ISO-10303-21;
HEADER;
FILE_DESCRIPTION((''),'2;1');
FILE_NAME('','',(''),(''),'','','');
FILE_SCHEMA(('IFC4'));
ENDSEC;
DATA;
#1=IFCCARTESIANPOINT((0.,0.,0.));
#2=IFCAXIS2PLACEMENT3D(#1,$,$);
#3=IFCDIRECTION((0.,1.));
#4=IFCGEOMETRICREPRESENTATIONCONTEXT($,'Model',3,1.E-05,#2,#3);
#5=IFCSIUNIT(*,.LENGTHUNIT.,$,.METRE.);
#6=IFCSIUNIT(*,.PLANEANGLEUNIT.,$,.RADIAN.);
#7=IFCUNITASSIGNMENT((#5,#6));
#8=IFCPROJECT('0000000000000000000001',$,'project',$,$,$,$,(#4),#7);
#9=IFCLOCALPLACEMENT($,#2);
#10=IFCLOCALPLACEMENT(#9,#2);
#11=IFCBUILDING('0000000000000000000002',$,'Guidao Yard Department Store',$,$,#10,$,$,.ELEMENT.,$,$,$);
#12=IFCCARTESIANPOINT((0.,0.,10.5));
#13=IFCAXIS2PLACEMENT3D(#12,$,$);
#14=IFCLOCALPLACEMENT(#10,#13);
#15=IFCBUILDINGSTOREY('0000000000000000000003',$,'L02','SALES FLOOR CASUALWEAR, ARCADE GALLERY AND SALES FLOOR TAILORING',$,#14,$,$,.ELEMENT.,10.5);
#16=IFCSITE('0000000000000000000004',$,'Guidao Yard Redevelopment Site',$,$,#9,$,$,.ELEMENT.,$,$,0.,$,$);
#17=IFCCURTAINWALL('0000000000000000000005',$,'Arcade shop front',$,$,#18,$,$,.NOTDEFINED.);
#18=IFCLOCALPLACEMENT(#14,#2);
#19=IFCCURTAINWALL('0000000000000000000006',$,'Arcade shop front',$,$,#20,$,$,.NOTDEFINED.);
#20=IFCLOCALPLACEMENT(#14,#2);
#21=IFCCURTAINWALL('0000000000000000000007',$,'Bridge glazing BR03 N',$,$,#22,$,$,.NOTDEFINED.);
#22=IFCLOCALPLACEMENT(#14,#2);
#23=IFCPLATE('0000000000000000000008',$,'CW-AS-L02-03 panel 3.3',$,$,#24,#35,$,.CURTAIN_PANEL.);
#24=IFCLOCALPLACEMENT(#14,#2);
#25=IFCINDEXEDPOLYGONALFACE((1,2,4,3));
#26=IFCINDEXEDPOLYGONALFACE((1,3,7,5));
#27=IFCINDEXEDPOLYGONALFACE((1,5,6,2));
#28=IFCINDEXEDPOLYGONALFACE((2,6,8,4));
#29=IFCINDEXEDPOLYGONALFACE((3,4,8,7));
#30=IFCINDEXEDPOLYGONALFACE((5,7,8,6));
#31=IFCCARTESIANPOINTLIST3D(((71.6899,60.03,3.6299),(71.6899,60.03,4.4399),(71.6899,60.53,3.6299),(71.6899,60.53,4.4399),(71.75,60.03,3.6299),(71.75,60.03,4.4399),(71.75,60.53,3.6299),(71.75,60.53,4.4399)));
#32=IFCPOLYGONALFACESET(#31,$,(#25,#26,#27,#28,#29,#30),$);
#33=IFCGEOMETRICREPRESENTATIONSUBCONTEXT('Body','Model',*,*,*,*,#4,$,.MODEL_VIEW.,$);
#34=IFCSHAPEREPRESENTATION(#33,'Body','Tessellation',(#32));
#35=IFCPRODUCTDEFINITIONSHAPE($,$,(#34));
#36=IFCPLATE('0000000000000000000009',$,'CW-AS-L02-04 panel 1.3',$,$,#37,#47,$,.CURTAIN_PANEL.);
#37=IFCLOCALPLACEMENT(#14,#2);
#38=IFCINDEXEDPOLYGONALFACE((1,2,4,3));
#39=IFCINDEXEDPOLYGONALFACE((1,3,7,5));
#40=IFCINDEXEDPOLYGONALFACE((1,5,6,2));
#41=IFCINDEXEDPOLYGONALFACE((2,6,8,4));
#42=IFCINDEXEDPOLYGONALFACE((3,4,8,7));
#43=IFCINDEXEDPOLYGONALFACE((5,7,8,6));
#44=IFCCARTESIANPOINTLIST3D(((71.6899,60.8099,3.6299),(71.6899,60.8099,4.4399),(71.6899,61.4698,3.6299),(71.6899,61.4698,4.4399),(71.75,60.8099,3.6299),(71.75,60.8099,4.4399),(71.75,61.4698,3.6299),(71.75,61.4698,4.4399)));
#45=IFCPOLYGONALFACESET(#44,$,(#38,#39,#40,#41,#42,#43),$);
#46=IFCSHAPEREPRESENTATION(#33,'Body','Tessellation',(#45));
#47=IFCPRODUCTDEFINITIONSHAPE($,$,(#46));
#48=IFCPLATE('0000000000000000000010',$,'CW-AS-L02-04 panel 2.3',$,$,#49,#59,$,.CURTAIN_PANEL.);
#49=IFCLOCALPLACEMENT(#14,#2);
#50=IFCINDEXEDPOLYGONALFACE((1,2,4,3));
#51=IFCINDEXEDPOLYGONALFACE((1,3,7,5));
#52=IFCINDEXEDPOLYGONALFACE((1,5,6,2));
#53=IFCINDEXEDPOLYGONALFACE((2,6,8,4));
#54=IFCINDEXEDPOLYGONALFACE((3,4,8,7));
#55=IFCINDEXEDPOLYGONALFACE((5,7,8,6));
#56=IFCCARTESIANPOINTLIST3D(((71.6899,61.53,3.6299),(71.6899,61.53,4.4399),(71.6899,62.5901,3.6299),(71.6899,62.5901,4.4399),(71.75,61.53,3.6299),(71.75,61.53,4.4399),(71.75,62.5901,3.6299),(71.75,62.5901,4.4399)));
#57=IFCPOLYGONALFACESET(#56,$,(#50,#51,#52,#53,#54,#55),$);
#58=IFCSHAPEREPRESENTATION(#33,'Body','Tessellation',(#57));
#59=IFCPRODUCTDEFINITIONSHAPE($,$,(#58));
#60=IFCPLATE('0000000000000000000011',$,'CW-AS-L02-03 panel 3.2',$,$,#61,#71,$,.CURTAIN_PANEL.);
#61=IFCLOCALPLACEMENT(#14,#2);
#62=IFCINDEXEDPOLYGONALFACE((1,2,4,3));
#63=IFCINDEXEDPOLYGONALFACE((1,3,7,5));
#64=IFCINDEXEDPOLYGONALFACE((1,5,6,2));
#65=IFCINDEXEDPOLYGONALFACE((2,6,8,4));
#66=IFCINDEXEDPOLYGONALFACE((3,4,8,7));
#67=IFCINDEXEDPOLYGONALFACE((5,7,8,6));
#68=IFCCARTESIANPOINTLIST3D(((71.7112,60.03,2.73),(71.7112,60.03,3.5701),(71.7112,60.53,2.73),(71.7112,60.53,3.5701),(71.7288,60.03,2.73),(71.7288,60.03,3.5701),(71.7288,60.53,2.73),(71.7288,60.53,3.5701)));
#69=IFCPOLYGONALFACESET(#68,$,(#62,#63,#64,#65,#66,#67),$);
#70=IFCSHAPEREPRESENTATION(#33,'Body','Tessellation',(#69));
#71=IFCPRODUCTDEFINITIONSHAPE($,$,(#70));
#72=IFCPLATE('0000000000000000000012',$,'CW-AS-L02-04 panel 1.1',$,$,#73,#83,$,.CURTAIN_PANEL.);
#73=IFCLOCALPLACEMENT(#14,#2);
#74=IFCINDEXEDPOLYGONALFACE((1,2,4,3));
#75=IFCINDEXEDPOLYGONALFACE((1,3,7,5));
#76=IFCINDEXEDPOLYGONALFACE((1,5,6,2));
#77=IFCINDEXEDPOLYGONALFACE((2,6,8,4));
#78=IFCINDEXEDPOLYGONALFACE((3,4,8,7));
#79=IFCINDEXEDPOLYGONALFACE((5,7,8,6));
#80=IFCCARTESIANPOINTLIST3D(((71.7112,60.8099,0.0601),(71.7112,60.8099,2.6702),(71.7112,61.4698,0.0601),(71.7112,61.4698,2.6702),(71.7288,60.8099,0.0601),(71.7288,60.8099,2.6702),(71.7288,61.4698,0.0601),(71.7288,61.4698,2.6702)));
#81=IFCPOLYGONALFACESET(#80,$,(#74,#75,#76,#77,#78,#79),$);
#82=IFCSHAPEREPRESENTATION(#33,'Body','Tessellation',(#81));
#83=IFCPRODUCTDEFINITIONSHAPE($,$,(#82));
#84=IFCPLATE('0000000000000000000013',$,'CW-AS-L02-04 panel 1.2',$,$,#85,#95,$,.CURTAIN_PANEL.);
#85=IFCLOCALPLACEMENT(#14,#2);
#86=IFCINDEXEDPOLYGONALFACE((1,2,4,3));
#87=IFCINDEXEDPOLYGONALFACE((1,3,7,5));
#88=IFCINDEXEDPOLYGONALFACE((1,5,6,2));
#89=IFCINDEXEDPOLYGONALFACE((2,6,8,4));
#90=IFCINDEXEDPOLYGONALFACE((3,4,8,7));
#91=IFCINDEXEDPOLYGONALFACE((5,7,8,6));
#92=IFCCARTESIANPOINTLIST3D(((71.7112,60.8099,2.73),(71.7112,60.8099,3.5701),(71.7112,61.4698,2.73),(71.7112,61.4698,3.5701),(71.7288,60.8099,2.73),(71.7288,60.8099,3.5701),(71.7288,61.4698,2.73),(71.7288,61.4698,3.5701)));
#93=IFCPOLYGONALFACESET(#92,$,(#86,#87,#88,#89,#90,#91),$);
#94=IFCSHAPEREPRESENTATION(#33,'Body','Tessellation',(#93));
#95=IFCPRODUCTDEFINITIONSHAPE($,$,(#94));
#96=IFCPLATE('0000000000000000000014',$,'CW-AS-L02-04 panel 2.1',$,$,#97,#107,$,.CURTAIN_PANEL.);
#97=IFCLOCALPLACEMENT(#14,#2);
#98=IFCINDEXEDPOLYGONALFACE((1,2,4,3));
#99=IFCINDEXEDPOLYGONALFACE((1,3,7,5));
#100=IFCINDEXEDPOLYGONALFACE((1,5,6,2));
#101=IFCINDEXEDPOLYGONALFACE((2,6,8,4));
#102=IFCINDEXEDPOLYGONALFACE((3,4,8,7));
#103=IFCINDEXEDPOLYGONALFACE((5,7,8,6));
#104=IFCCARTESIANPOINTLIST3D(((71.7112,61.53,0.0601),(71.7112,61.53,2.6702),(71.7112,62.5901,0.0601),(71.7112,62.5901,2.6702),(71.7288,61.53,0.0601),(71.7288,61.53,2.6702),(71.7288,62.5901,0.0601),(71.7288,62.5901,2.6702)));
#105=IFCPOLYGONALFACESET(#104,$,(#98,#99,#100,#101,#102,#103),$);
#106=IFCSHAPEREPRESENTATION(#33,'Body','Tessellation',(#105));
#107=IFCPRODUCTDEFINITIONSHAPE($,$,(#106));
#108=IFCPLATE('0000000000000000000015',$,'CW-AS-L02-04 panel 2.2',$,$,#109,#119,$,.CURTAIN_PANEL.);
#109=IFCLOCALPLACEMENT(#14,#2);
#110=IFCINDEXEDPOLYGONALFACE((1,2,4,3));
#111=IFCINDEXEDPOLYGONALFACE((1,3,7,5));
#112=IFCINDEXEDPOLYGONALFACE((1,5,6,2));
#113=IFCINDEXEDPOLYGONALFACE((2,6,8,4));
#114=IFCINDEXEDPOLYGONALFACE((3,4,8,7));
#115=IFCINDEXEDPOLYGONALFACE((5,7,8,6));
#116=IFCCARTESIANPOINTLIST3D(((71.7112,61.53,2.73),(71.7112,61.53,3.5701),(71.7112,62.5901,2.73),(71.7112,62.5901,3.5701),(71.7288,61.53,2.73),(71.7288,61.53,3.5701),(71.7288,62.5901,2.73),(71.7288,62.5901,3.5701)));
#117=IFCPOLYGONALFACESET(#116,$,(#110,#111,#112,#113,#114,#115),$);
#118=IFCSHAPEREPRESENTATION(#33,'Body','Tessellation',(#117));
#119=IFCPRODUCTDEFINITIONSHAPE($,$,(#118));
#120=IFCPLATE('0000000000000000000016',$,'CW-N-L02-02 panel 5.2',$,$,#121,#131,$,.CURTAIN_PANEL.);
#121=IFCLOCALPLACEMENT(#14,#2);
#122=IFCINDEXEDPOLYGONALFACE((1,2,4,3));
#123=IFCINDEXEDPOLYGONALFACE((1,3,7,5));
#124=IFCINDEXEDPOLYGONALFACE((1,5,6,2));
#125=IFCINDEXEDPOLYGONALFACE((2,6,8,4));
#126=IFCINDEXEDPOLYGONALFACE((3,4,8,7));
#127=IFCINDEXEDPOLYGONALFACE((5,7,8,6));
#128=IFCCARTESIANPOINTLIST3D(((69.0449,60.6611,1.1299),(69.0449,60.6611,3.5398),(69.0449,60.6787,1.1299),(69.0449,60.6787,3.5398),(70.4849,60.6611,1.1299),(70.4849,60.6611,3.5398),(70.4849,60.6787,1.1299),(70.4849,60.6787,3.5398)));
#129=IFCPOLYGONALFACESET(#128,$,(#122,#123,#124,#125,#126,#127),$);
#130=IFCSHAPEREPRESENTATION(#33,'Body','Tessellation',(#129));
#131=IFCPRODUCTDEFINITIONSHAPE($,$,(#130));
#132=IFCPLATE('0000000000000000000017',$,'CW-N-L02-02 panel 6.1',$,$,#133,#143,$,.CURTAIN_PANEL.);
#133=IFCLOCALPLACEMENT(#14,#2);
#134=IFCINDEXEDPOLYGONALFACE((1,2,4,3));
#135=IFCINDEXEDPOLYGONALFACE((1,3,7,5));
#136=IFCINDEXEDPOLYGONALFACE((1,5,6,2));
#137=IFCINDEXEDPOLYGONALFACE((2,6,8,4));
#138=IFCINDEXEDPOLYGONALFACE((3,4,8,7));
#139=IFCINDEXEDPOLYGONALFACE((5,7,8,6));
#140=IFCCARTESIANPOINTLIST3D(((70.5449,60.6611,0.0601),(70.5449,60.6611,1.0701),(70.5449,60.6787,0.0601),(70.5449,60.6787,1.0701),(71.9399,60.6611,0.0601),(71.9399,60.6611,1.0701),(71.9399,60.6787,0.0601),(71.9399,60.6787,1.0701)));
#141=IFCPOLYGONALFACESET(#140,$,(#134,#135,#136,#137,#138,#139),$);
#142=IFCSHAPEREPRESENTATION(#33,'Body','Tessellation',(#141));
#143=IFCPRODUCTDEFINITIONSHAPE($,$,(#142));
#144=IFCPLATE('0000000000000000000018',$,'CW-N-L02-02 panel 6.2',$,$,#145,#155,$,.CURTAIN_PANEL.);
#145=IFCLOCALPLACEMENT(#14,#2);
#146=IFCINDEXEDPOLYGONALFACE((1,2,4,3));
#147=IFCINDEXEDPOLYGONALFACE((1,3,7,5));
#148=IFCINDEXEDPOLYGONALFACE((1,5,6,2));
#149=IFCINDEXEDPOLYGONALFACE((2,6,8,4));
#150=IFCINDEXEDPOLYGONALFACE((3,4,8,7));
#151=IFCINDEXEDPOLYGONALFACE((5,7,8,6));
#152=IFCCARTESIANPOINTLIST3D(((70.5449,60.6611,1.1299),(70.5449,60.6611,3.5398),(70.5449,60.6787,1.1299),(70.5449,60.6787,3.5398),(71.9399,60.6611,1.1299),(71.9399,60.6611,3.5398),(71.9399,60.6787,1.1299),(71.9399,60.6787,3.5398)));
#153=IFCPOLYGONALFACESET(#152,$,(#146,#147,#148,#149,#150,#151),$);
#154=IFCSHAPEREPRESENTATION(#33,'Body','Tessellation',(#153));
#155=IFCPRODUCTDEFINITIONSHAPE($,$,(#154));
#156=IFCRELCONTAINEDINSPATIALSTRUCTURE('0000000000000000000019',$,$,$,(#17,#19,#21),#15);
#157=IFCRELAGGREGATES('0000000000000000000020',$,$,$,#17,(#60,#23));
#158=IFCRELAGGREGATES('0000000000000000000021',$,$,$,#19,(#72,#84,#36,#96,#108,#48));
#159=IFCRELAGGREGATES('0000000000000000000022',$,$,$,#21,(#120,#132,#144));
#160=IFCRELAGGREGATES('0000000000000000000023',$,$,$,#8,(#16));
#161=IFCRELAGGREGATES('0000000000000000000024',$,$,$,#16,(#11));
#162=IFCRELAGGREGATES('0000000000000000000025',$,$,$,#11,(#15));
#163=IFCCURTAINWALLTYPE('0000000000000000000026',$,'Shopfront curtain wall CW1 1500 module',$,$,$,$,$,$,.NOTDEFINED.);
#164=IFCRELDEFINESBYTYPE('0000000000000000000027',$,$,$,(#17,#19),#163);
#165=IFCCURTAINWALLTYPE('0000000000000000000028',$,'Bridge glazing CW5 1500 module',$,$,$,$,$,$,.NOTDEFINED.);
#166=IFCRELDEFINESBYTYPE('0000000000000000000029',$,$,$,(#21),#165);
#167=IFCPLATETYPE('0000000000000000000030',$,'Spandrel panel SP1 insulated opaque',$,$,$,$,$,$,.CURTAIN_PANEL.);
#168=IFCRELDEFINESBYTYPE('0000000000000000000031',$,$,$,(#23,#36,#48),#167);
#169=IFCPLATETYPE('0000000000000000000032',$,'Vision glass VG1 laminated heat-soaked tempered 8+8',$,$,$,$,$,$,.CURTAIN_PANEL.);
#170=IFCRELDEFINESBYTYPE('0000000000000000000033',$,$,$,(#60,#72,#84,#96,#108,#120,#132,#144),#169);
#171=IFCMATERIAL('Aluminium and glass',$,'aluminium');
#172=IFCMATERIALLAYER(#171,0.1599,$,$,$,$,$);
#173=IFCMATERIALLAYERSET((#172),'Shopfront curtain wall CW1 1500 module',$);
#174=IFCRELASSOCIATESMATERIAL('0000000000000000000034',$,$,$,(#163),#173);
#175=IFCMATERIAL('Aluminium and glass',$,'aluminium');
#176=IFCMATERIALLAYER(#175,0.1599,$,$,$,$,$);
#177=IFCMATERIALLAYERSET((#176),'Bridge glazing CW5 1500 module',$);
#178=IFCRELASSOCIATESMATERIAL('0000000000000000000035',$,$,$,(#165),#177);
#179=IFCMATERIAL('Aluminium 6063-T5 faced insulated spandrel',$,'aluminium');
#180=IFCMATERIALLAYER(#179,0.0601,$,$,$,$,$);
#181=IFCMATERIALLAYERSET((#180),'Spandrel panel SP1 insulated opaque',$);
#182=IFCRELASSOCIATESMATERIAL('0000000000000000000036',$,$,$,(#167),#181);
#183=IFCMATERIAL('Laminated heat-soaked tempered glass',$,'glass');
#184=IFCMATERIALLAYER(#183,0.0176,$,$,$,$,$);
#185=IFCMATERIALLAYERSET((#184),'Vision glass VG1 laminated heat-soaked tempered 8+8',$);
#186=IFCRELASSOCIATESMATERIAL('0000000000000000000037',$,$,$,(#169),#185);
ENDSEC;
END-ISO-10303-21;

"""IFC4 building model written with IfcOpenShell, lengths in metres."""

from ifc_helpers import new_model, si_unit, direction, frame, origin, origin_2d, place, context, subcontext, project, spatial, rectangle, extrude, material, layer, layer_set, type_object, element, aggregate, save


model = new_model("IFC4")

# Units and contexts
model_context = context("Model", 3, precision=1e-05, world=origin(), true_north=direction((0.0, 1.0)))
body_context = subcontext(model_context, "Body", "Model", "MODEL_VIEW")
ifc_project = project(units=[si_unit("LENGTHUNIT", "METRE"), si_unit("PLANEANGLEUNIT", "RADIAN")], contexts=[model_context])

# Site, building, storey
site_placement = place(None, origin())
site = spatial("IfcSite", under=ifc_project, at=site_placement, Name="Guidao Yard Redevelopment Site", CompositionType="ELEMENT", RefElevation=0.0)
building_placement = place(site_placement, origin())
building = spatial("IfcBuilding", under=site, at=building_placement, Name="Guidao Yard Department Store", CompositionType="ELEMENT")
storey_placement = place(building_placement, frame((0.0, 0.0, 10.5)))
storey = spatial("IfcBuildingStorey", under=building, at=storey_placement, Name="L02", Description="SALES FLOOR CASUALWEAR, ARCADE GALLERY AND SALES FLOOR TAILORING", CompositionType="ELEMENT", Elevation=10.5)

# Curtain wall
ifc_material_1 = material(Name="Aluminium and glass", Category="aluminium")
ifc_layer_1 = layer(ifc_material_1, 0.1599)
ifc_layer_set_1 = layer_set([ifc_layer_1], Name="Shopfront curtain wall CW1 1500 module")
curtain_wall_type_1 = type_object("IfcCurtainWallType", Name="Shopfront curtain wall CW1 1500 module", PredefinedType="NOTDEFINED", material=ifc_layer_set_1)
curtain_wall_1_placement = place(storey_placement, origin())
curtain_wall_1 = element("IfcCurtainWall", 1, at=curtain_wall_1_placement, inside=storey, type_object=curtain_wall_type_1, Name="Arcade shop front", PredefinedType="NOTDEFINED")

# Curtain wall
curtain_wall_2_placement = place(storey_placement, origin())
curtain_wall_2 = element("IfcCurtainWall", 2, at=curtain_wall_2_placement, inside=storey, type_object=curtain_wall_type_1, Name="Arcade shop front", PredefinedType="NOTDEFINED")

# Curtain wall
ifc_material_2 = material(Name="Aluminium and glass", Category="aluminium")
ifc_layer_2 = layer(ifc_material_2, 0.1599)
ifc_layer_set_2 = layer_set([ifc_layer_2], Name="Bridge glazing CW5 1500 module")
curtain_wall_type_2 = type_object("IfcCurtainWallType", Name="Bridge glazing CW5 1500 module", PredefinedType="NOTDEFINED", material=ifc_layer_set_2)
curtain_wall_3_placement = place(storey_placement, origin())
curtain_wall_3 = element("IfcCurtainWall", 3, at=curtain_wall_3_placement, inside=storey, type_object=curtain_wall_type_2, Name="Bridge glazing BR03 N", PredefinedType="NOTDEFINED")

# Plates
ifc_material_3 = material(Name="Aluminium 6063-T5 faced insulated spandrel", Category="aluminium")
ifc_layer_3 = layer(ifc_material_3, 0.0601)
ifc_layer_set_3 = layer_set([ifc_layer_3], Name="Spandrel panel SP1 insulated opaque")
plate_type_1 = type_object("IfcPlateType", Name="Spandrel panel SP1 insulated opaque", PredefinedType="CURTAIN_PANEL", material=ifc_layer_set_3)
plate_1_placement = place(storey_placement, frame((71.72, 60.28, 3.6299), z_axis=(0.0, 0.0, 1.0), x_axis=(0.0, 1.0, 0.0)))
plate_1 = element("IfcPlate", 4, at=plate_1_placement, type_object=plate_type_1, Name="CW-AS-L02-03 panel 3.3", PredefinedType="CURTAIN_PANEL", context=body_context, shape_type="SweptSolid", body=[
    extrude(rectangle(XDim=0.5, YDim=0.0601, at=origin_2d()), origin(), (0.0, 0.0, 1.0), 0.8101),
])
plate_2_placement = place(storey_placement, frame((71.72, 61.1399, 3.6299), z_axis=(0.0, 0.0, 1.0), x_axis=(0.0, 1.0, 0.0)))
plate_2 = element("IfcPlate", 5, at=plate_2_placement, type_object=plate_type_1, Name="CW-AS-L02-04 panel 1.3", PredefinedType="CURTAIN_PANEL", context=body_context, shape_type="SweptSolid", body=[
    extrude(rectangle(XDim=0.6599, YDim=0.0601, at=origin_2d()), origin(), (0.0, 0.0, 1.0), 0.8101),
])
plate_3_placement = place(storey_placement, frame((71.72, 62.0601, 3.6299), z_axis=(0.0, 0.0, 1.0), x_axis=(0.0, 1.0, 0.0)))
plate_3 = element("IfcPlate", 6, at=plate_3_placement, type_object=plate_type_1, Name="CW-AS-L02-04 panel 2.3", PredefinedType="CURTAIN_PANEL", context=body_context, shape_type="SweptSolid", body=[
    extrude(rectangle(XDim=1.0601, YDim=0.0601, at=origin_2d()), origin(), (0.0, 0.0, 1.0), 0.8101),
])
ifc_material_4 = material(Name="Laminated heat-soaked tempered glass", Category="glass")
ifc_layer_4 = layer(ifc_material_4, 0.0176)
ifc_layer_set_4 = layer_set([ifc_layer_4], Name="Vision glass VG1 laminated heat-soaked tempered 8+8")
plate_type_2 = type_object("IfcPlateType", Name="Vision glass VG1 laminated heat-soaked tempered 8+8", PredefinedType="CURTAIN_PANEL", material=ifc_layer_set_4)
plate_4_placement = place(storey_placement, frame((71.72, 60.28, 2.73), z_axis=(0.0, 0.0, 1.0), x_axis=(0.0, 1.0, 0.0)))
plate_4 = element("IfcPlate", 7, at=plate_4_placement, type_object=plate_type_2, Name="CW-AS-L02-03 panel 3.2", PredefinedType="CURTAIN_PANEL", context=body_context, shape_type="SweptSolid", body=[
    extrude(rectangle(XDim=0.5, YDim=0.0176, at=origin_2d()), origin(), (0.0, 0.0, 1.0), 0.8401),
])
aggregate(curtain_wall_1, [plate_4, plate_1])
plate_5_placement = place(storey_placement, frame((71.72, 61.1399, 0.0601), z_axis=(0.0, 0.0, 1.0), x_axis=(0.0, 1.0, 0.0)))
plate_5 = element("IfcPlate", 8, at=plate_5_placement, type_object=plate_type_2, Name="CW-AS-L02-04 panel 1.1", PredefinedType="CURTAIN_PANEL", context=body_context, shape_type="SweptSolid", body=[
    extrude(rectangle(XDim=0.6599, YDim=0.0176, at=origin_2d()), origin(), (0.0, 0.0, 1.0), 2.6101),
])
plate_6_placement = place(storey_placement, frame((71.72, 61.1399, 2.73), z_axis=(0.0, 0.0, 1.0), x_axis=(0.0, 1.0, 0.0)))
plate_6 = element("IfcPlate", 9, at=plate_6_placement, type_object=plate_type_2, Name="CW-AS-L02-04 panel 1.2", PredefinedType="CURTAIN_PANEL", context=body_context, shape_type="SweptSolid", body=[
    extrude(rectangle(XDim=0.6599, YDim=0.0176, at=origin_2d()), origin(), (0.0, 0.0, 1.0), 0.8401),
])
plate_7_placement = place(storey_placement, frame((71.72, 62.0601, 0.0601), z_axis=(0.0, 0.0, 1.0), x_axis=(0.0, 1.0, 0.0)))
plate_7 = element("IfcPlate", 10, at=plate_7_placement, type_object=plate_type_2, Name="CW-AS-L02-04 panel 2.1", PredefinedType="CURTAIN_PANEL", context=body_context, shape_type="SweptSolid", body=[
    extrude(rectangle(XDim=1.0601, YDim=0.0176, at=origin_2d()), origin(), (0.0, 0.0, 1.0), 2.6101),
])
plate_8_placement = place(storey_placement, frame((71.72, 62.0601, 2.73), z_axis=(0.0, 0.0, 1.0), x_axis=(0.0, 1.0, 0.0)))
plate_8 = element("IfcPlate", 11, at=plate_8_placement, type_object=plate_type_2, Name="CW-AS-L02-04 panel 2.2", PredefinedType="CURTAIN_PANEL", context=body_context, shape_type="SweptSolid", body=[
    extrude(rectangle(XDim=1.0601, YDim=0.0176, at=origin_2d()), origin(), (0.0, 0.0, 1.0), 0.8401),
])
aggregate(curtain_wall_2, [plate_5, plate_6, plate_2, plate_7, plate_8, plate_3])
plate_9_placement = place(storey_placement, frame((69.7649, 60.6699, 1.1299), z_axis=(0.0, 0.0, 1.0), x_axis=(1.0, 0.0, 0.0)))
plate_9 = element("IfcPlate", 12, at=plate_9_placement, type_object=plate_type_2, Name="CW-N-L02-02 panel 5.2", PredefinedType="CURTAIN_PANEL", context=body_context, shape_type="SweptSolid", body=[
    extrude(rectangle(XDim=1.4399, YDim=0.0176, at=origin_2d()), origin(), (0.0, 0.0, 1.0), 2.4099),
])
plate_10_placement = place(storey_placement, frame((71.2424, 60.6699, 0.0601), z_axis=(0.0, 0.0, 1.0), x_axis=(1.0, 0.0, 0.0)))
plate_10 = element("IfcPlate", 13, at=plate_10_placement, type_object=plate_type_2, Name="CW-N-L02-02 panel 6.1", PredefinedType="CURTAIN_PANEL", context=body_context, shape_type="SweptSolid", body=[
    extrude(rectangle(XDim=1.395, YDim=0.0176, at=origin_2d()), origin(), (0.0, 0.0, 1.0), 1.01),
])
plate_11_placement = place(storey_placement, frame((71.2424, 60.6699, 1.1299), z_axis=(0.0, 0.0, 1.0), x_axis=(1.0, 0.0, 0.0)))
plate_11 = element("IfcPlate", 14, at=plate_11_placement, type_object=plate_type_2, Name="CW-N-L02-02 panel 6.2", PredefinedType="CURTAIN_PANEL", context=body_context, shape_type="SweptSolid", body=[
    extrude(rectangle(XDim=1.395, YDim=0.0176, at=origin_2d()), origin(), (0.0, 0.0, 1.0), 2.4099),
])
aggregate(curtain_wall_3, [plate_9, plate_10, plate_11])

save(model, "model.ifc")
